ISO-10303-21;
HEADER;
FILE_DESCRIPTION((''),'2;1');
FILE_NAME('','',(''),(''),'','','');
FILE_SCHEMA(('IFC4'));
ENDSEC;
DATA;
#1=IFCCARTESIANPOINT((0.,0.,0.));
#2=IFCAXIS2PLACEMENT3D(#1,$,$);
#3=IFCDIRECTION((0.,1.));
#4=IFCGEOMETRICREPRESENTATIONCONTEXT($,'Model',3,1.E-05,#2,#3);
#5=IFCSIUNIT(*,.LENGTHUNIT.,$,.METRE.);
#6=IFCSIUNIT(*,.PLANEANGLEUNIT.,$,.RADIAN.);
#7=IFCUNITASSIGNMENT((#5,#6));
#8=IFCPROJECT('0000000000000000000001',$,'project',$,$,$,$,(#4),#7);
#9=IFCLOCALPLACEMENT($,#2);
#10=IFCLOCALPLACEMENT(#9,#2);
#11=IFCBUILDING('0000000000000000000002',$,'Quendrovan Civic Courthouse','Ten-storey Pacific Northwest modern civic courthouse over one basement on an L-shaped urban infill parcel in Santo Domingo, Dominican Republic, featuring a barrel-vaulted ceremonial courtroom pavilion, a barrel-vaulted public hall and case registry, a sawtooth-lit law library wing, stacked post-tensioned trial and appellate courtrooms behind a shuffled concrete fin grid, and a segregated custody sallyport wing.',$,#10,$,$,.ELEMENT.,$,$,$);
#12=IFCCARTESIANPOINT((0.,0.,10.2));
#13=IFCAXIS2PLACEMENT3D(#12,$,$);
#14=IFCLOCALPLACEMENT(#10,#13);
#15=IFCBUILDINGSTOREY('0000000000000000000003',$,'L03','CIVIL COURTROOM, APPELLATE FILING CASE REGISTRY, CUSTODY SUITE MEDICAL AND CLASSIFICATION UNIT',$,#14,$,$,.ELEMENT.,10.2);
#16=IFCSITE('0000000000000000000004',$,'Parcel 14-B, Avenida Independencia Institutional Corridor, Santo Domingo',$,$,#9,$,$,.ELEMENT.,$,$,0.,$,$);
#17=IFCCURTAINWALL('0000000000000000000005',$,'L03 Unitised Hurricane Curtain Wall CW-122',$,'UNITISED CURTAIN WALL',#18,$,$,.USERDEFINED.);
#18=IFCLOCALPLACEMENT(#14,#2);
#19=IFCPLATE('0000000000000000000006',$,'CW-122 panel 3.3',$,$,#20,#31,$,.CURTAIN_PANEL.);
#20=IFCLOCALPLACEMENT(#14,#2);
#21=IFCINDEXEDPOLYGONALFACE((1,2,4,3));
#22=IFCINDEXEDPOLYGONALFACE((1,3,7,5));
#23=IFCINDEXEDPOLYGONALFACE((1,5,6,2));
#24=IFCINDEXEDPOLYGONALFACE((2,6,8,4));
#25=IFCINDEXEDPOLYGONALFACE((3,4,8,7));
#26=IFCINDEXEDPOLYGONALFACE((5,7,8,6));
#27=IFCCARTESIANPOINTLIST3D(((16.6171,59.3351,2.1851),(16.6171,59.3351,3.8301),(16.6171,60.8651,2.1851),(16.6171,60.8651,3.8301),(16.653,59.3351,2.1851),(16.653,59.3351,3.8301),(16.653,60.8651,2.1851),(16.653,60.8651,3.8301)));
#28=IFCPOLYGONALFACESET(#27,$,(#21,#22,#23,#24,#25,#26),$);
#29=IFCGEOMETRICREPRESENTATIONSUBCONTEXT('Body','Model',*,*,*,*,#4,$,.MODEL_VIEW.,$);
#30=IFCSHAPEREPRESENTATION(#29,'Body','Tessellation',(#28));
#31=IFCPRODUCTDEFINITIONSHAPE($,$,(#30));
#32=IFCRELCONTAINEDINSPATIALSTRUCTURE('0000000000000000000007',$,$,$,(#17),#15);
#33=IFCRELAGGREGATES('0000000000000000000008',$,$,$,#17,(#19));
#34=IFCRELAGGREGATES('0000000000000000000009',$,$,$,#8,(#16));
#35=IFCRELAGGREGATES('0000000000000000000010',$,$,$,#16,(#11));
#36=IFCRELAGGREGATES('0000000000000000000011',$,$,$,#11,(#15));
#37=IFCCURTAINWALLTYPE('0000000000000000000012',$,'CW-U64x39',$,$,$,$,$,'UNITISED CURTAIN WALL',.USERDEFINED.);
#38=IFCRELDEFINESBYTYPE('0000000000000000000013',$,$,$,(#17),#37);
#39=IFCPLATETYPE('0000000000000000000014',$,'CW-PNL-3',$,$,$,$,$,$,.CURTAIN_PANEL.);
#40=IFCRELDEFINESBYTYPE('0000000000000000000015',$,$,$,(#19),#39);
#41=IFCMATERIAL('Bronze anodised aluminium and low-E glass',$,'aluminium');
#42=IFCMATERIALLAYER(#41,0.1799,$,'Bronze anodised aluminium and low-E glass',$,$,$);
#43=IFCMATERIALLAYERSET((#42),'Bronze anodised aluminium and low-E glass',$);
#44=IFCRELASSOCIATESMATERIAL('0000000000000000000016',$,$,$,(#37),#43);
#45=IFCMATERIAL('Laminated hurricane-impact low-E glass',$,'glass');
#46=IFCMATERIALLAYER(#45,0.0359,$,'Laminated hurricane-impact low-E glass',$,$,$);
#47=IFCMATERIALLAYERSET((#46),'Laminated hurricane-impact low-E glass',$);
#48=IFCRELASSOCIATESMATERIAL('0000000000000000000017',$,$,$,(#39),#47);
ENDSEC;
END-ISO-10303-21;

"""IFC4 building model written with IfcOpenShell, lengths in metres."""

from ifc_helpers import new_model, si_unit, direction, frame, origin, origin_2d, place, context, subcontext, project, spatial, rectangle, extrude, material, layer, layer_set, type_object, element, aggregate, save


model = new_model("IFC4")

# Units and contexts
model_context = context("Model", 3, precision=1e-05, world=origin(), true_north=direction((0.0, 1.0)))
body_context = subcontext(model_context, "Body", "Model", "MODEL_VIEW")
ifc_project = project(units=[si_unit("LENGTHUNIT", "METRE"), si_unit("PLANEANGLEUNIT", "RADIAN")], contexts=[model_context])

# Site, building, storey
site_placement = place(None, origin())
site = spatial("IfcSite", under=ifc_project, at=site_placement, Name="Parcel 14-B, Avenida Independencia Institutional Corridor, Santo Domingo", CompositionType="ELEMENT", RefElevation=0.0)
building_placement = place(site_placement, origin())
building = spatial("IfcBuilding", under=site, at=building_placement, Name="Quendrovan Civic Courthouse", Description="Ten-storey Pacific Northwest modern civic courthouse over one basement on an L-shaped urban infill parcel in Santo Domingo, Dominican Republic, featuring a barrel-vaulted ceremonial courtroom pavilion, a barrel-vaulted public hall and case registry, a sawtooth-lit law library wing, stacked post-tensioned trial and appellate courtrooms behind a shuffled concrete fin grid, and a segregated custody sallyport wing.", CompositionType="ELEMENT")
storey_placement = place(building_placement, frame((0.0, 0.0, 10.2)))
storey = spatial("IfcBuildingStorey", under=building, at=storey_placement, Name="L03", Description="CIVIL COURTROOM, APPELLATE FILING CASE REGISTRY, CUSTODY SUITE MEDICAL AND CLASSIFICATION UNIT", CompositionType="ELEMENT", Elevation=10.2)

# Curtain wall, plate
ifc_material_1 = material(Name="Bronze anodised aluminium and low-E glass", Category="aluminium")
ifc_layer_1 = layer(ifc_material_1, 0.1799, Name="Bronze anodised aluminium and low-E glass")
ifc_layer_set_1 = layer_set([ifc_layer_1], Name="Bronze anodised aluminium and low-E glass")
curtain_wall_type = type_object("IfcCurtainWallType", Name="CW-U64x39", ElementType="UNITISED CURTAIN WALL", PredefinedType="USERDEFINED", material=ifc_layer_set_1)
curtain_wall_placement = place(storey_placement, origin())
curtain_wall = element("IfcCurtainWall", 1, at=curtain_wall_placement, inside=storey, type_object=curtain_wall_type, Name="L03 Unitised Hurricane Curtain Wall CW-122", ObjectType="UNITISED CURTAIN WALL", PredefinedType="USERDEFINED")
ifc_material_2 = material(Name="Laminated hurricane-impact low-E glass", Category="glass")
ifc_layer_2 = layer(ifc_material_2, 0.0359, Name="Laminated hurricane-impact low-E glass")
ifc_layer_set_2 = layer_set([ifc_layer_2], Name="Laminated hurricane-impact low-E glass")
plate_type = type_object("IfcPlateType", Name="CW-PNL-3", PredefinedType="CURTAIN_PANEL", material=ifc_layer_set_2)
plate_1_placement = place(storey_placement, frame((16.635, 60.1001, 2.1851), z_axis=(0.0, 0.0, 1.0), x_axis=(0.0, -1.0, 0.0)))
plate_1 = element("IfcPlate", 2, at=plate_1_placement, type_object=plate_type, Name="CW-122 panel 3.3", PredefinedType="CURTAIN_PANEL", context=body_context, shape_type="SweptSolid", body=[
    extrude(rectangle(XDim=1.53, YDim=0.0359, at=origin_2d()), origin(), (0.0, 0.0, 1.0), 1.645),
])
aggregate(curtain_wall, [plate_1])

save(model, "model.ifc")
